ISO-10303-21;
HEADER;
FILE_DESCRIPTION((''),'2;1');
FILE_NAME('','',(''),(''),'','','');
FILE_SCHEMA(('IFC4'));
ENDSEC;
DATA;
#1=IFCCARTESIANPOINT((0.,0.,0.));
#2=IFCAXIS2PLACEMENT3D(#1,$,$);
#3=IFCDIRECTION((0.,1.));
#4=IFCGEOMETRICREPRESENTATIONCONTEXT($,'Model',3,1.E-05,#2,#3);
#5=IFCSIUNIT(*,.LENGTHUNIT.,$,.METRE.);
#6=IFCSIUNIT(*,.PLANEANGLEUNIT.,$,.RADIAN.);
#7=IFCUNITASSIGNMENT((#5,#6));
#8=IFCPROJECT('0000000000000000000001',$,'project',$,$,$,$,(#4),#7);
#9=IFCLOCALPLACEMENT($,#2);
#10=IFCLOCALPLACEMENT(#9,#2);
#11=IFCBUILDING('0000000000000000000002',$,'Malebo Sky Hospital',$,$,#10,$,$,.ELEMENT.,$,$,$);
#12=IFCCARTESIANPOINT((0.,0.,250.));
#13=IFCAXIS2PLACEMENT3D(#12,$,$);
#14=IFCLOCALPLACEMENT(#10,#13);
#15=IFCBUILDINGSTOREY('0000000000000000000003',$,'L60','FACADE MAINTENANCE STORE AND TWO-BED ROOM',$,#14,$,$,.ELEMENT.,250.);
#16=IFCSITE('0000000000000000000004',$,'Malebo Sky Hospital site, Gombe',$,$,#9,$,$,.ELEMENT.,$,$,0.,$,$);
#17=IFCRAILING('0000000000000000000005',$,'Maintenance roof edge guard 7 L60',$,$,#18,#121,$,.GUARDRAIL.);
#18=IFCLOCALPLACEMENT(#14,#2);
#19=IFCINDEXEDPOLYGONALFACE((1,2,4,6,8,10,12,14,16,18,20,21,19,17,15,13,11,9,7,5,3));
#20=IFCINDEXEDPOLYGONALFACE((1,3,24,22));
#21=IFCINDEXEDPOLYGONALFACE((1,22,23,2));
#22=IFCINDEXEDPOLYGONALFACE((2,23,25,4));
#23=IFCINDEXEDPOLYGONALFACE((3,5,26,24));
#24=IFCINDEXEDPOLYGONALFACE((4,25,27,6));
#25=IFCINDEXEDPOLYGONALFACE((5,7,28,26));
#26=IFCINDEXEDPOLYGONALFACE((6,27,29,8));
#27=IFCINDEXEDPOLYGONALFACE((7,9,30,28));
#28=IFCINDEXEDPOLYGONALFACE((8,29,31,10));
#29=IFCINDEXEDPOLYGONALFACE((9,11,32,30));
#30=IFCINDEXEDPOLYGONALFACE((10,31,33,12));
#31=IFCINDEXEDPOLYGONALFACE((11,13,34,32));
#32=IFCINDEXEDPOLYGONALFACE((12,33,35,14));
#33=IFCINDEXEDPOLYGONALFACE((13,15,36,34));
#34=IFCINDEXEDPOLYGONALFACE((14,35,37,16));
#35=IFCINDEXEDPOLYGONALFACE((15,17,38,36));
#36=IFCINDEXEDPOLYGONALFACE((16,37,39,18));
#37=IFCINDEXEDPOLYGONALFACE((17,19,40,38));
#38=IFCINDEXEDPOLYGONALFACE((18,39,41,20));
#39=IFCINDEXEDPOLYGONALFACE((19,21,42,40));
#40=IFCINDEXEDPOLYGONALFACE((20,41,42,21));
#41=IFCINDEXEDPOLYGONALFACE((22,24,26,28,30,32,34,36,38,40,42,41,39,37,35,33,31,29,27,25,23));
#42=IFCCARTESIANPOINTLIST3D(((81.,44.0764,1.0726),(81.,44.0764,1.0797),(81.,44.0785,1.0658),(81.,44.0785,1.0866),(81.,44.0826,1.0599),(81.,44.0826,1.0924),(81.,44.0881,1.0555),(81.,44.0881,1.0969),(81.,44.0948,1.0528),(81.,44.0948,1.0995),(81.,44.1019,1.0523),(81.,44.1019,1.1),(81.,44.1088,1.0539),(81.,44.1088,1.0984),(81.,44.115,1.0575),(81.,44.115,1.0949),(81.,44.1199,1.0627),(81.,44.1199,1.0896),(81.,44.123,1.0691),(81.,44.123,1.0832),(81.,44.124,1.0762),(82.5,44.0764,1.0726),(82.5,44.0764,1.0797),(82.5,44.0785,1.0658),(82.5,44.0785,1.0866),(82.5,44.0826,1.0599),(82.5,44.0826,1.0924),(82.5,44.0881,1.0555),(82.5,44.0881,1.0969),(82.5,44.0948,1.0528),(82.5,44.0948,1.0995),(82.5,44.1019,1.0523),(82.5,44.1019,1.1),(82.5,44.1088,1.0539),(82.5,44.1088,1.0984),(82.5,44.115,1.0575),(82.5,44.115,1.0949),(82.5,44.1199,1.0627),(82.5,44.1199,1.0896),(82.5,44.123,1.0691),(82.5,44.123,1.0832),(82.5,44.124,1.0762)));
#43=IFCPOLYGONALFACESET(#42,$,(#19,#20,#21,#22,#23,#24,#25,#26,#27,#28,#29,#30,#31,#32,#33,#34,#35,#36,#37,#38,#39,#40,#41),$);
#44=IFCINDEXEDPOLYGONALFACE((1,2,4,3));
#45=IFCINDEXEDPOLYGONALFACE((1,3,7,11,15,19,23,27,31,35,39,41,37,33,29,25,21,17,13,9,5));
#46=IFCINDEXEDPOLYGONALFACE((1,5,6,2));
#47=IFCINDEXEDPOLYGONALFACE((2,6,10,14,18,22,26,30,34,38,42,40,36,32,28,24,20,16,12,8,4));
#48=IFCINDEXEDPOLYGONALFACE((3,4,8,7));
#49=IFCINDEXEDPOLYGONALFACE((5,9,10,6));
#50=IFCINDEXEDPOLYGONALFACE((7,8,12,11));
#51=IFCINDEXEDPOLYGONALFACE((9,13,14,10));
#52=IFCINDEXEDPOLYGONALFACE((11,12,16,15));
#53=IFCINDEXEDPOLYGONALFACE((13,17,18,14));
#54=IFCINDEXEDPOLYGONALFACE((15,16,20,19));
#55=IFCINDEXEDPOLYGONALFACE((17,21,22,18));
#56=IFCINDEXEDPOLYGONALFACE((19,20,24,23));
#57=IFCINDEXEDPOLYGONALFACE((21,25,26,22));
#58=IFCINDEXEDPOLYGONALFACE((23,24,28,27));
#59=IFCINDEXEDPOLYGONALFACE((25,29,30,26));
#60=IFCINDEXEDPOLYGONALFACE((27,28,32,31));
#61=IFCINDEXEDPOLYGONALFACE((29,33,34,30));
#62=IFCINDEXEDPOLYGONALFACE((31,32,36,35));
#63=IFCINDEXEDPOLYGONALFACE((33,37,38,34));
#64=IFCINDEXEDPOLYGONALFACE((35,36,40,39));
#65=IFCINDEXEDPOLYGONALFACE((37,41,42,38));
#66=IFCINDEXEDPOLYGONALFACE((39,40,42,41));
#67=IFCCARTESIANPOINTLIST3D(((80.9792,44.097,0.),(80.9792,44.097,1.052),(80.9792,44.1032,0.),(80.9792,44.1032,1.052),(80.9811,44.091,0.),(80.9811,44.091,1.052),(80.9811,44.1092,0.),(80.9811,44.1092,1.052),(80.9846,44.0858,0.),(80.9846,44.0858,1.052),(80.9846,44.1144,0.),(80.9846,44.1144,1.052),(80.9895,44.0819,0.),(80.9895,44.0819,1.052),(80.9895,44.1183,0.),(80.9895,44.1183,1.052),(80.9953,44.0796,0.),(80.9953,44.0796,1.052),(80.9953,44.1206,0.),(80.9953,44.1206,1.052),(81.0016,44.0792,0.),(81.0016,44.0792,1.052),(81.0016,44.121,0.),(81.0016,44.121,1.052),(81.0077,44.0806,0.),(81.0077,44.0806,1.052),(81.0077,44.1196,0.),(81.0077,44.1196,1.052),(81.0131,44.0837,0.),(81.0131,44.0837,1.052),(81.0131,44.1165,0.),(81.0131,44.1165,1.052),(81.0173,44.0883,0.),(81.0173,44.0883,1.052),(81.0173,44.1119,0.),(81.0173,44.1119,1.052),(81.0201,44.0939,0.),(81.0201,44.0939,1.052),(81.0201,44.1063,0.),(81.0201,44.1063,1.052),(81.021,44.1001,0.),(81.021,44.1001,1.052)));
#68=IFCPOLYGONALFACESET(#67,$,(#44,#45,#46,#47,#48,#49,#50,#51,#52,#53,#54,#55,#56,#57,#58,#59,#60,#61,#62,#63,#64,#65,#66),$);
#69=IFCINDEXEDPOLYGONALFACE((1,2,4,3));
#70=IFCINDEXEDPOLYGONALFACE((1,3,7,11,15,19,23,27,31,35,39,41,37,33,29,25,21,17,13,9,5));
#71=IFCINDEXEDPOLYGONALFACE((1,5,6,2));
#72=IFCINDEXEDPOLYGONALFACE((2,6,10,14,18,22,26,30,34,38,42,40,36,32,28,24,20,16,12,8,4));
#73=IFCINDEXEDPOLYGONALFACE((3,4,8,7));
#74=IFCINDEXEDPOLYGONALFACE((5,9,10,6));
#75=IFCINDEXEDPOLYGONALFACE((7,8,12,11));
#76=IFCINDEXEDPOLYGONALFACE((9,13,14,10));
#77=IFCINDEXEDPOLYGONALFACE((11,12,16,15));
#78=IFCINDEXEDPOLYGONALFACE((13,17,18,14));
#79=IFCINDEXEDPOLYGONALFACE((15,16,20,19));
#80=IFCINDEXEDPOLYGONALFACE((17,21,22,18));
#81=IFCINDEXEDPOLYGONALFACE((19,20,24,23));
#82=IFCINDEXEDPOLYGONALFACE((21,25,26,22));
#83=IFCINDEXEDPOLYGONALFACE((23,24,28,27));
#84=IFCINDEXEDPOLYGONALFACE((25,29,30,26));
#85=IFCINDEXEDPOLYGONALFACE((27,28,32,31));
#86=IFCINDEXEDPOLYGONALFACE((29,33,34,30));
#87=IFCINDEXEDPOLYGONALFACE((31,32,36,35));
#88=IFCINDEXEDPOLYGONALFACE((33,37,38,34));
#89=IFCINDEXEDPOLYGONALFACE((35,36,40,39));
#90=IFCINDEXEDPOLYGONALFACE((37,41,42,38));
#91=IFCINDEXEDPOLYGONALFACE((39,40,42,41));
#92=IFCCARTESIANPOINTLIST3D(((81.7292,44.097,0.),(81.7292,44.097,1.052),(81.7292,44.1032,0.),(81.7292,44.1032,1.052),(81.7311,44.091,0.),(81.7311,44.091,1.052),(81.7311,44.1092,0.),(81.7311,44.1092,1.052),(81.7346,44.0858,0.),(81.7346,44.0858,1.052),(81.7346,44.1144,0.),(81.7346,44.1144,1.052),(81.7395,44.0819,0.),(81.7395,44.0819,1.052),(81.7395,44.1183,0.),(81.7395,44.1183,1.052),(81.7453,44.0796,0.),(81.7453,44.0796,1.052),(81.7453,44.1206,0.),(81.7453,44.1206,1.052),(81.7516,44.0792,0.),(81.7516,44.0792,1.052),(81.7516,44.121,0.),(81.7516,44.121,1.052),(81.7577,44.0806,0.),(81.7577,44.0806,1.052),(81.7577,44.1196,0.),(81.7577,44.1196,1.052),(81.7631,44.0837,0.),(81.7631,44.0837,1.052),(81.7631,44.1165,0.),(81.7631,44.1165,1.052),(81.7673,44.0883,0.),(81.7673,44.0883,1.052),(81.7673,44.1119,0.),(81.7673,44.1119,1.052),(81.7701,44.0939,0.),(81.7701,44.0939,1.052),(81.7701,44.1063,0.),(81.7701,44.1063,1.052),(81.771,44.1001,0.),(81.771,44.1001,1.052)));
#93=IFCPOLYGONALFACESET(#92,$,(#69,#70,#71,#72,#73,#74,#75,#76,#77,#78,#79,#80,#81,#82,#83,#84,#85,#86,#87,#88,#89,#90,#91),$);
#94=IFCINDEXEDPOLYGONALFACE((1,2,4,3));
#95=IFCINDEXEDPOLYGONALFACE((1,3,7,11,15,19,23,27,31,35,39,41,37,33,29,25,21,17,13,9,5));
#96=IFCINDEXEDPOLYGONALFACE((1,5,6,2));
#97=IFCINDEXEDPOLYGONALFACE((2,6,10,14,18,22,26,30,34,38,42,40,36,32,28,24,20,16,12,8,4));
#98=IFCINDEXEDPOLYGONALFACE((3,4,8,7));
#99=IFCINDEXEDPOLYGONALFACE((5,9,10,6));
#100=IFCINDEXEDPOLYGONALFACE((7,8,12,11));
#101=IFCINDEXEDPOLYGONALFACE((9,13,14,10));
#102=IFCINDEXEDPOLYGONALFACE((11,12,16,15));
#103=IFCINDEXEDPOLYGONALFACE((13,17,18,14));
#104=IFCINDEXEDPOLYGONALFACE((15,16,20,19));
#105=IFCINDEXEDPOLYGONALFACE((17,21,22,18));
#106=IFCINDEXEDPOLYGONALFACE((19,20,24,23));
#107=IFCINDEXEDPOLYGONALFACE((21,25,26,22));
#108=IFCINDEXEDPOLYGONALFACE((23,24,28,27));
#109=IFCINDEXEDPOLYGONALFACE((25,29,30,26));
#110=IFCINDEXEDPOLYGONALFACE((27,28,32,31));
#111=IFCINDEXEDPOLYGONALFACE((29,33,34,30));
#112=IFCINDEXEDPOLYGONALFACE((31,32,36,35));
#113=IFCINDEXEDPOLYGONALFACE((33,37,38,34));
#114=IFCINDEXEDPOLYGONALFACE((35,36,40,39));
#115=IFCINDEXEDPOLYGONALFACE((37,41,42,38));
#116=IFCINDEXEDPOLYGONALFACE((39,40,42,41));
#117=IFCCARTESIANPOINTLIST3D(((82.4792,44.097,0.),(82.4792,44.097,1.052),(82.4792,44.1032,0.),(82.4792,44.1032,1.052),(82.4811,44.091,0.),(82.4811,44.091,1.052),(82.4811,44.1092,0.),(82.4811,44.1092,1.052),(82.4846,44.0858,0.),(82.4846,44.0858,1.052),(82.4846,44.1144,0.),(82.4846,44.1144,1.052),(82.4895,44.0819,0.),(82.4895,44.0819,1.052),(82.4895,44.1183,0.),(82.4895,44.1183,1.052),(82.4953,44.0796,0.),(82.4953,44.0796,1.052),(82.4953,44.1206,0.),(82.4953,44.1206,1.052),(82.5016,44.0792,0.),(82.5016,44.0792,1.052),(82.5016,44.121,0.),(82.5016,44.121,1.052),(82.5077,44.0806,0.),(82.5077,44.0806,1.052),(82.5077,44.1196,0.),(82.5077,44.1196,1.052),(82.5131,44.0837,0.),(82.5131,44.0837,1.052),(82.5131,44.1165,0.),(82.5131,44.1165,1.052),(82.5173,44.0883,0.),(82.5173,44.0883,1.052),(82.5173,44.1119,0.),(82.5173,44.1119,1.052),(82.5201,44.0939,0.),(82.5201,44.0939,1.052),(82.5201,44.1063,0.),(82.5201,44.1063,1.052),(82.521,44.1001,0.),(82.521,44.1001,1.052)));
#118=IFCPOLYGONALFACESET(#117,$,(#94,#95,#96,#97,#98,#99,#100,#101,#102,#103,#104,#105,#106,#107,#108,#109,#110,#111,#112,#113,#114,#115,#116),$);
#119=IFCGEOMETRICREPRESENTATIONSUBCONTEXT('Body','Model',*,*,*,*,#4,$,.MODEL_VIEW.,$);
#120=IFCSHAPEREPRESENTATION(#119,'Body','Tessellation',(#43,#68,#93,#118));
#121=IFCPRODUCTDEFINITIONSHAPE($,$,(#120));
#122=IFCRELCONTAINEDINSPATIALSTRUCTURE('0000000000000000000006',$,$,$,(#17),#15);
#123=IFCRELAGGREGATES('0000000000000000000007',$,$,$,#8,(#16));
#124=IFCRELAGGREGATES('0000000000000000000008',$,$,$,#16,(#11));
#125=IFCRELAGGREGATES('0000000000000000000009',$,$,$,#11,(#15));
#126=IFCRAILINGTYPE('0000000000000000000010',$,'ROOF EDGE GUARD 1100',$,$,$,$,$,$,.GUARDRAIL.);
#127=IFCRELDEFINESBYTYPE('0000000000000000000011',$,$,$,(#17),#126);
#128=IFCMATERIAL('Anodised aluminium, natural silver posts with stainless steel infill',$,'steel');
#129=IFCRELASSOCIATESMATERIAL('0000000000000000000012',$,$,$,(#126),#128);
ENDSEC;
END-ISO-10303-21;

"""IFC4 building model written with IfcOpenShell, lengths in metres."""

from ifc_helpers import new_model, si_unit, direction, frame, origin, origin_2d, place, context, subcontext, project, spatial, circle, extrude, material, type_object, element, save


model = new_model("IFC4")

# Units and contexts
model_context = context("Model", 3, precision=1e-05, world=origin(), true_north=direction((0.0, 1.0)))
body_context = subcontext(model_context, "Body", "Model", "MODEL_VIEW")
ifc_project = project(units=[si_unit("LENGTHUNIT", "METRE"), si_unit("PLANEANGLEUNIT", "RADIAN")], contexts=[model_context])

# Site, building, storey
site_placement = place(None, origin())
site = spatial("IfcSite", under=ifc_project, at=site_placement, Name="Malebo Sky Hospital site, Gombe", CompositionType="ELEMENT", RefElevation=0.0)
building_placement = place(site_placement, origin())
building = spatial("IfcBuilding", under=site, at=building_placement, Name="Malebo Sky Hospital", CompositionType="ELEMENT")
storey_placement = place(building_placement, frame((0.0, 0.0, 250.0)))
storey = spatial("IfcBuildingStorey", under=building, at=storey_placement, Name="L60", Description="FACADE MAINTENANCE STORE AND TWO-BED ROOM", CompositionType="ELEMENT", Elevation=250.0)

# Railing
ifc_material_1 = material(Name="Anodised aluminium, natural silver posts with stainless steel infill", Category="steel")
railing_type = type_object("IfcRailingType", Name="ROOF EDGE GUARD 1100", PredefinedType="GUARDRAIL", material=ifc_material_1)
railing_1_placement = place(storey_placement, frame((81.0, 44.1001, 0.0)))
element("IfcRailing", 1, at=railing_1_placement, inside=storey, type_object=railing_type, Name="Maintenance roof edge guard 7 L60", PredefinedType="GUARDRAIL", context=body_context, shape_type="SweptSolid", body=[
    extrude(circle(Radius=0.0239, at=origin_2d()), frame((0.0, 0.0, 1.0762), z_axis=(1.0, 0.0, 0.0), x_axis=(0.0, 1.0, 0.0)), (0.0, 0.0, 1.0), 1.5),
    extrude(circle(Radius=0.021, at=origin_2d()), origin(), (0.0, 0.0, 1.0), 1.052),
    extrude(circle(Radius=0.021, at=origin_2d()), frame((0.75, 0.0, 0.0)), (0.0, 0.0, 1.0), 1.052),
    extrude(circle(Radius=0.021, at=origin_2d()), frame((1.5, 0.0, 0.0)), (0.0, 0.0, 1.0), 1.052),
])

save(model, "model.ifc")
